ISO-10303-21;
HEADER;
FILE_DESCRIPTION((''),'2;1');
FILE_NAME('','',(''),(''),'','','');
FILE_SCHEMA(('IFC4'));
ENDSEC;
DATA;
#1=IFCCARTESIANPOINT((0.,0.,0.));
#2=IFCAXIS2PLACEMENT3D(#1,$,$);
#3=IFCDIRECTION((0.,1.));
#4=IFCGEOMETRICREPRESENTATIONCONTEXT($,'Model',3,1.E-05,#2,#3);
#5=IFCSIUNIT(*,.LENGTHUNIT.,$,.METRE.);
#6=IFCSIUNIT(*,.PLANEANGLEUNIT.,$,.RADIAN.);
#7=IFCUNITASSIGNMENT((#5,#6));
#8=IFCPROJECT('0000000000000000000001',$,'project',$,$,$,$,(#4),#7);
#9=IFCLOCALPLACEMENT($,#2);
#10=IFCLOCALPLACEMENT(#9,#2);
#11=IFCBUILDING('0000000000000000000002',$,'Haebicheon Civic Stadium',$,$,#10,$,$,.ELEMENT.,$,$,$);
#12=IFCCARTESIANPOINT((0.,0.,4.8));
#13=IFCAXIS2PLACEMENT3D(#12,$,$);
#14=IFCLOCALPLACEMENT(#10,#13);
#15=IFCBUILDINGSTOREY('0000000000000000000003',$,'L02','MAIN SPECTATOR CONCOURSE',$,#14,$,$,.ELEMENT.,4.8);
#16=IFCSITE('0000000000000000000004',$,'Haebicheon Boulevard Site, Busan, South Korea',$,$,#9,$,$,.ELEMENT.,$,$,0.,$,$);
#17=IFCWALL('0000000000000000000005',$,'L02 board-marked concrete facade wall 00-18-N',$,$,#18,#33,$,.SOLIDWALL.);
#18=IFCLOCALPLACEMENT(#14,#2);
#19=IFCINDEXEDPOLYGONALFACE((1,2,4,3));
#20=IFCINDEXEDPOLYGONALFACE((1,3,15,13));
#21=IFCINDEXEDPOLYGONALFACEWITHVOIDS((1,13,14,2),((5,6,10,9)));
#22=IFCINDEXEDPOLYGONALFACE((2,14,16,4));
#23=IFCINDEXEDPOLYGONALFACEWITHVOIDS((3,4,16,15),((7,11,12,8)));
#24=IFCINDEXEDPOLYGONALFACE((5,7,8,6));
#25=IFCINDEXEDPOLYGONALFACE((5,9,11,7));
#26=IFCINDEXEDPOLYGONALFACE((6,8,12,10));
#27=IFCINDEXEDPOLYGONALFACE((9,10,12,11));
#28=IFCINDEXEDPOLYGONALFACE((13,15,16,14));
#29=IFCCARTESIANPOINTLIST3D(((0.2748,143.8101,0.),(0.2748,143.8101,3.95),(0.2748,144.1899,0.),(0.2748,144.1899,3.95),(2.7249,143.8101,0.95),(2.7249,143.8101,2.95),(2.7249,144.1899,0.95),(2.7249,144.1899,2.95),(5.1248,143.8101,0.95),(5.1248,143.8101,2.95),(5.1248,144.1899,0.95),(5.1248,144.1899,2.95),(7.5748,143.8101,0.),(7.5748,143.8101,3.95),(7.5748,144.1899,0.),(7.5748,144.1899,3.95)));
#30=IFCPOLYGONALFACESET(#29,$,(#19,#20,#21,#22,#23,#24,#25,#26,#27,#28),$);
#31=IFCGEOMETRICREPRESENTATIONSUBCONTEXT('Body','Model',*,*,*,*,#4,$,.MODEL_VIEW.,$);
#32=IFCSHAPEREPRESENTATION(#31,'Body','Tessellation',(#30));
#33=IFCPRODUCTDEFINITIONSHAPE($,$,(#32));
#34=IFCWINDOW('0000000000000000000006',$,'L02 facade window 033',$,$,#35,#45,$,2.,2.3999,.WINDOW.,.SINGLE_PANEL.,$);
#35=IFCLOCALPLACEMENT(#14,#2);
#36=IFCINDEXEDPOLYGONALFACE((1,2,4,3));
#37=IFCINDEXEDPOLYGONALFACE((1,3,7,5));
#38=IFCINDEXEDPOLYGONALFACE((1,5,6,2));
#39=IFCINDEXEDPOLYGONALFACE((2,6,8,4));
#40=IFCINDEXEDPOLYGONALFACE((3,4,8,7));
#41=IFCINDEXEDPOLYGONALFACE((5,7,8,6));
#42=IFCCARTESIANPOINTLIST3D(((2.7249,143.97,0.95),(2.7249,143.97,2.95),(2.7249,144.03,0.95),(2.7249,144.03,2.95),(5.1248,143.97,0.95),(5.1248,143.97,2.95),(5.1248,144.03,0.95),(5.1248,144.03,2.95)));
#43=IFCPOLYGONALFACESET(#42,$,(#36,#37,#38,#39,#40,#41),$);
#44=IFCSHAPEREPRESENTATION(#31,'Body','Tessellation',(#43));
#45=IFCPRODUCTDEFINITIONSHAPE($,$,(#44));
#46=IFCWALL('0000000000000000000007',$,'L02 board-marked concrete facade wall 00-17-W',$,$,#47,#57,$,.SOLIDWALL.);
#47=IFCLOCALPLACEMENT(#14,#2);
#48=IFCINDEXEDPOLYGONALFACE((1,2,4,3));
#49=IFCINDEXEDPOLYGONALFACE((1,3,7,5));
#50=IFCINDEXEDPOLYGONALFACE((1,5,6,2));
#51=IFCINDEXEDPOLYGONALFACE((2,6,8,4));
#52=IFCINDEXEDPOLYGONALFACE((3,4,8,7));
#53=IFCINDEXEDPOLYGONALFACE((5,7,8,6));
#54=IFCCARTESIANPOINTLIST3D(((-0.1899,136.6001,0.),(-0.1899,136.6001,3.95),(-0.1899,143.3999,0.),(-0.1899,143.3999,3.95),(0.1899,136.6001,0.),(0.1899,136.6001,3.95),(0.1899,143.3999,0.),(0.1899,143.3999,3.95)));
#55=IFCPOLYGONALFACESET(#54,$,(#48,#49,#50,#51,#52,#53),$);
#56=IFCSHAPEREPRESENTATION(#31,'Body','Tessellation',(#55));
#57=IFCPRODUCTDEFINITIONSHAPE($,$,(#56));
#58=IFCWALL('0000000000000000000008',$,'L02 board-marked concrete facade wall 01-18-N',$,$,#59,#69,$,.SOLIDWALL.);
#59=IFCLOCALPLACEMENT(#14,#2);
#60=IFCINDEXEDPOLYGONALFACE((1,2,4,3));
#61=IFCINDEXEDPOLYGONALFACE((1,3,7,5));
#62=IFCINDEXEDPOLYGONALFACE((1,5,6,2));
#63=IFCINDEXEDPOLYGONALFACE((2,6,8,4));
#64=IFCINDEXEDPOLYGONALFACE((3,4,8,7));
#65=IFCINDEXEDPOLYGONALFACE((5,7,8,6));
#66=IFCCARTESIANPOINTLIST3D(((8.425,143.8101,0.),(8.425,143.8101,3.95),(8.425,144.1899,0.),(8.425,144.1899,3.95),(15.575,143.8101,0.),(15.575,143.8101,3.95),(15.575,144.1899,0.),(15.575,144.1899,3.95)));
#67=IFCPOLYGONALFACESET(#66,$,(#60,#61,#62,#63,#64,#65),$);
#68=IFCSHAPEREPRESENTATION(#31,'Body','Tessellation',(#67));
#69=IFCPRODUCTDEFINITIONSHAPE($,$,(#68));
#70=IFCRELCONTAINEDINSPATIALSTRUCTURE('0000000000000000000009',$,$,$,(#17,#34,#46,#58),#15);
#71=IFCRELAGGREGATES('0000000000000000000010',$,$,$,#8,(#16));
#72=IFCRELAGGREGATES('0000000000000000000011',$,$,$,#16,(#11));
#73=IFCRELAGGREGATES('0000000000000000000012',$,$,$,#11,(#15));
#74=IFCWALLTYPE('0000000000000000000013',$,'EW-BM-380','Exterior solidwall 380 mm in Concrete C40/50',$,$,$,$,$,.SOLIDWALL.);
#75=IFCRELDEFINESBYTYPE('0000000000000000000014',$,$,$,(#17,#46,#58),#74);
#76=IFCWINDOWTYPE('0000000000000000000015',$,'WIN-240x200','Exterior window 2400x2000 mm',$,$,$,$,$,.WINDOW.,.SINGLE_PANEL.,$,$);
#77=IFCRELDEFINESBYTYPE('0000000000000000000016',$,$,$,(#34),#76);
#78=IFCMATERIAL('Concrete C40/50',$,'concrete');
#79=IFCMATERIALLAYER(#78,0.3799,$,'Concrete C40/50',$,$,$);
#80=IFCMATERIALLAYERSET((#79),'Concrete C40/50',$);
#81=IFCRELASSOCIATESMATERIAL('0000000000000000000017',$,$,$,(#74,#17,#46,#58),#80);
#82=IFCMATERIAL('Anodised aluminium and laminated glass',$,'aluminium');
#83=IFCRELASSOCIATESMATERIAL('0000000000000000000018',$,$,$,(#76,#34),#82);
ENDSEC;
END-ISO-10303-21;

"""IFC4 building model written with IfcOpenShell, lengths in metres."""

from ifc_helpers import new_model, si_unit, direction, frame, frame_2d, origin, place, context, subcontext, project, spatial, rectangle, extrude, material, layer, layer_set, type_object, element, fill, save


model = new_model("IFC4")

# Units and contexts
model_context = context("Model", 3, precision=1e-05, world=origin(), true_north=direction((0.0, 1.0)))
body_context = subcontext(model_context, "Body", "Model", "MODEL_VIEW")
ifc_project = project(units=[si_unit("LENGTHUNIT", "METRE"), si_unit("PLANEANGLEUNIT", "RADIAN")], contexts=[model_context])

# Site, building, storey
site_placement = place(None, origin())
site = spatial("IfcSite", under=ifc_project, at=site_placement, Name="Haebicheon Boulevard Site, Busan, South Korea", CompositionType="ELEMENT", RefElevation=0.0)
building_placement = place(site_placement, origin())
building = spatial("IfcBuilding", under=site, at=building_placement, Name="Haebicheon Civic Stadium", CompositionType="ELEMENT")
storey_placement = place(building_placement, frame((0.0, 0.0, 4.8)))
storey = spatial("IfcBuildingStorey", under=building, at=storey_placement, Name="L02", Description="MAIN SPECTATOR CONCOURSE", CompositionType="ELEMENT", Elevation=4.8)

# Wall, opening, window
ifc_material_1 = material(Name="Concrete C40/50", Category="concrete")
ifc_layer_1 = layer(ifc_material_1, 0.3799, Name="Concrete C40/50")
ifc_layer_set_1 = layer_set([ifc_layer_1], Name="Concrete C40/50")
wall_type = type_object("IfcWallType", Name="EW-BM-380", Description="Exterior solidwall 380 mm in Concrete C40/50", PredefinedType="SOLIDWALL", material=ifc_layer_set_1)
wall_1_placement = place(storey_placement, frame((0.2749, 144.0, 0.0), z_axis=(0.0, 0.0, 1.0), x_axis=(1.0, 0.0, 0.0)))
wall_1 = element("IfcWall", 1, at=wall_1_placement, inside=storey, type_object=wall_type, material=ifc_layer_set_1, Name="L02 board-marked concrete facade wall 00-18-N", PredefinedType="SOLIDWALL", context=body_context, shape_type="SweptSolid", body=[
    extrude(rectangle(XDim=7.3, YDim=0.3799, at=frame_2d((3.6499, 0.0))), origin(), (0.0, 0.0, 1.0), 3.95),
])
opening_placement = place(wall_1_placement, frame((2.45, 0.0, 0.95)))
opening = element("IfcOpeningElement", 2, at=opening_placement, cuts=wall_1, PredefinedType="OPENING", context=body_context, shape_type="SweptSolid", body=[
    extrude(rectangle(XDim=2.3999, YDim=2.0, at=frame_2d((1.2, 1.0))), frame((0.0, 0.2, 0.0), z_axis=(0.0, -1.0, 0.0), x_axis=(1.0, 0.0, 0.0)), (0.0, 0.0, 1.0), 0.3999),
])
ifc_material_2 = material(Name="Anodised aluminium and laminated glass", Category="aluminium")
window_type = type_object("IfcWindowType", Name="WIN-240x200", Description="Exterior window 2400x2000 mm", PartitioningType="SINGLE_PANEL", PredefinedType="WINDOW", material=ifc_material_2)
window_placement = place(opening_placement, origin())
window = element("IfcWindow", 3, at=window_placement, inside=storey, type_object=window_type, material=ifc_material_2, Name="L02 facade window 033", OverallHeight=2.0, OverallWidth=2.3999, PartitioningType="SINGLE_PANEL", PredefinedType="WINDOW", context=body_context, shape_type="SweptSolid", body=[
    extrude(rectangle(XDim=2.3999, YDim=2.0, at=frame_2d((1.2, 1.0))), frame((0.0, 0.03, 0.0), z_axis=(0.0, -1.0, 0.0), x_axis=(1.0, 0.0, 0.0)), (0.0, 0.0, 1.0), 0.0601),
])
fill(opening, window)

# Walls
wall_2_placement = place(storey_placement, frame((0.0, 136.6001, 0.0), z_axis=(0.0, 0.0, 1.0), x_axis=(0.0, 1.0, 0.0)))
element("IfcWall", 4, at=wall_2_placement, inside=storey, type_object=wall_type, material=ifc_layer_set_1, Name="L02 board-marked concrete facade wall 00-17-W", PredefinedType="SOLIDWALL", context=body_context, shape_type="SweptSolid", body=[
    extrude(rectangle(XDim=6.7998, YDim=0.3799, at=frame_2d((3.3999, 0.0))), origin(), (0.0, 0.0, 1.0), 3.95),
])
wall_3_placement = place(storey_placement, frame((8.425, 144.0, 0.0), z_axis=(0.0, 0.0, 1.0), x_axis=(1.0, 0.0, 0.0)))
element("IfcWall", 5, at=wall_3_placement, inside=storey, type_object=wall_type, material=ifc_layer_set_1, Name="L02 board-marked concrete facade wall 01-18-N", PredefinedType="SOLIDWALL", context=body_context, shape_type="SweptSolid", body=[
    extrude(rectangle(XDim=7.1499, YDim=0.3799, at=frame_2d((3.575, 0.0))), origin(), (0.0, 0.0, 1.0), 3.95),
])

save(model, "model.ifc")
